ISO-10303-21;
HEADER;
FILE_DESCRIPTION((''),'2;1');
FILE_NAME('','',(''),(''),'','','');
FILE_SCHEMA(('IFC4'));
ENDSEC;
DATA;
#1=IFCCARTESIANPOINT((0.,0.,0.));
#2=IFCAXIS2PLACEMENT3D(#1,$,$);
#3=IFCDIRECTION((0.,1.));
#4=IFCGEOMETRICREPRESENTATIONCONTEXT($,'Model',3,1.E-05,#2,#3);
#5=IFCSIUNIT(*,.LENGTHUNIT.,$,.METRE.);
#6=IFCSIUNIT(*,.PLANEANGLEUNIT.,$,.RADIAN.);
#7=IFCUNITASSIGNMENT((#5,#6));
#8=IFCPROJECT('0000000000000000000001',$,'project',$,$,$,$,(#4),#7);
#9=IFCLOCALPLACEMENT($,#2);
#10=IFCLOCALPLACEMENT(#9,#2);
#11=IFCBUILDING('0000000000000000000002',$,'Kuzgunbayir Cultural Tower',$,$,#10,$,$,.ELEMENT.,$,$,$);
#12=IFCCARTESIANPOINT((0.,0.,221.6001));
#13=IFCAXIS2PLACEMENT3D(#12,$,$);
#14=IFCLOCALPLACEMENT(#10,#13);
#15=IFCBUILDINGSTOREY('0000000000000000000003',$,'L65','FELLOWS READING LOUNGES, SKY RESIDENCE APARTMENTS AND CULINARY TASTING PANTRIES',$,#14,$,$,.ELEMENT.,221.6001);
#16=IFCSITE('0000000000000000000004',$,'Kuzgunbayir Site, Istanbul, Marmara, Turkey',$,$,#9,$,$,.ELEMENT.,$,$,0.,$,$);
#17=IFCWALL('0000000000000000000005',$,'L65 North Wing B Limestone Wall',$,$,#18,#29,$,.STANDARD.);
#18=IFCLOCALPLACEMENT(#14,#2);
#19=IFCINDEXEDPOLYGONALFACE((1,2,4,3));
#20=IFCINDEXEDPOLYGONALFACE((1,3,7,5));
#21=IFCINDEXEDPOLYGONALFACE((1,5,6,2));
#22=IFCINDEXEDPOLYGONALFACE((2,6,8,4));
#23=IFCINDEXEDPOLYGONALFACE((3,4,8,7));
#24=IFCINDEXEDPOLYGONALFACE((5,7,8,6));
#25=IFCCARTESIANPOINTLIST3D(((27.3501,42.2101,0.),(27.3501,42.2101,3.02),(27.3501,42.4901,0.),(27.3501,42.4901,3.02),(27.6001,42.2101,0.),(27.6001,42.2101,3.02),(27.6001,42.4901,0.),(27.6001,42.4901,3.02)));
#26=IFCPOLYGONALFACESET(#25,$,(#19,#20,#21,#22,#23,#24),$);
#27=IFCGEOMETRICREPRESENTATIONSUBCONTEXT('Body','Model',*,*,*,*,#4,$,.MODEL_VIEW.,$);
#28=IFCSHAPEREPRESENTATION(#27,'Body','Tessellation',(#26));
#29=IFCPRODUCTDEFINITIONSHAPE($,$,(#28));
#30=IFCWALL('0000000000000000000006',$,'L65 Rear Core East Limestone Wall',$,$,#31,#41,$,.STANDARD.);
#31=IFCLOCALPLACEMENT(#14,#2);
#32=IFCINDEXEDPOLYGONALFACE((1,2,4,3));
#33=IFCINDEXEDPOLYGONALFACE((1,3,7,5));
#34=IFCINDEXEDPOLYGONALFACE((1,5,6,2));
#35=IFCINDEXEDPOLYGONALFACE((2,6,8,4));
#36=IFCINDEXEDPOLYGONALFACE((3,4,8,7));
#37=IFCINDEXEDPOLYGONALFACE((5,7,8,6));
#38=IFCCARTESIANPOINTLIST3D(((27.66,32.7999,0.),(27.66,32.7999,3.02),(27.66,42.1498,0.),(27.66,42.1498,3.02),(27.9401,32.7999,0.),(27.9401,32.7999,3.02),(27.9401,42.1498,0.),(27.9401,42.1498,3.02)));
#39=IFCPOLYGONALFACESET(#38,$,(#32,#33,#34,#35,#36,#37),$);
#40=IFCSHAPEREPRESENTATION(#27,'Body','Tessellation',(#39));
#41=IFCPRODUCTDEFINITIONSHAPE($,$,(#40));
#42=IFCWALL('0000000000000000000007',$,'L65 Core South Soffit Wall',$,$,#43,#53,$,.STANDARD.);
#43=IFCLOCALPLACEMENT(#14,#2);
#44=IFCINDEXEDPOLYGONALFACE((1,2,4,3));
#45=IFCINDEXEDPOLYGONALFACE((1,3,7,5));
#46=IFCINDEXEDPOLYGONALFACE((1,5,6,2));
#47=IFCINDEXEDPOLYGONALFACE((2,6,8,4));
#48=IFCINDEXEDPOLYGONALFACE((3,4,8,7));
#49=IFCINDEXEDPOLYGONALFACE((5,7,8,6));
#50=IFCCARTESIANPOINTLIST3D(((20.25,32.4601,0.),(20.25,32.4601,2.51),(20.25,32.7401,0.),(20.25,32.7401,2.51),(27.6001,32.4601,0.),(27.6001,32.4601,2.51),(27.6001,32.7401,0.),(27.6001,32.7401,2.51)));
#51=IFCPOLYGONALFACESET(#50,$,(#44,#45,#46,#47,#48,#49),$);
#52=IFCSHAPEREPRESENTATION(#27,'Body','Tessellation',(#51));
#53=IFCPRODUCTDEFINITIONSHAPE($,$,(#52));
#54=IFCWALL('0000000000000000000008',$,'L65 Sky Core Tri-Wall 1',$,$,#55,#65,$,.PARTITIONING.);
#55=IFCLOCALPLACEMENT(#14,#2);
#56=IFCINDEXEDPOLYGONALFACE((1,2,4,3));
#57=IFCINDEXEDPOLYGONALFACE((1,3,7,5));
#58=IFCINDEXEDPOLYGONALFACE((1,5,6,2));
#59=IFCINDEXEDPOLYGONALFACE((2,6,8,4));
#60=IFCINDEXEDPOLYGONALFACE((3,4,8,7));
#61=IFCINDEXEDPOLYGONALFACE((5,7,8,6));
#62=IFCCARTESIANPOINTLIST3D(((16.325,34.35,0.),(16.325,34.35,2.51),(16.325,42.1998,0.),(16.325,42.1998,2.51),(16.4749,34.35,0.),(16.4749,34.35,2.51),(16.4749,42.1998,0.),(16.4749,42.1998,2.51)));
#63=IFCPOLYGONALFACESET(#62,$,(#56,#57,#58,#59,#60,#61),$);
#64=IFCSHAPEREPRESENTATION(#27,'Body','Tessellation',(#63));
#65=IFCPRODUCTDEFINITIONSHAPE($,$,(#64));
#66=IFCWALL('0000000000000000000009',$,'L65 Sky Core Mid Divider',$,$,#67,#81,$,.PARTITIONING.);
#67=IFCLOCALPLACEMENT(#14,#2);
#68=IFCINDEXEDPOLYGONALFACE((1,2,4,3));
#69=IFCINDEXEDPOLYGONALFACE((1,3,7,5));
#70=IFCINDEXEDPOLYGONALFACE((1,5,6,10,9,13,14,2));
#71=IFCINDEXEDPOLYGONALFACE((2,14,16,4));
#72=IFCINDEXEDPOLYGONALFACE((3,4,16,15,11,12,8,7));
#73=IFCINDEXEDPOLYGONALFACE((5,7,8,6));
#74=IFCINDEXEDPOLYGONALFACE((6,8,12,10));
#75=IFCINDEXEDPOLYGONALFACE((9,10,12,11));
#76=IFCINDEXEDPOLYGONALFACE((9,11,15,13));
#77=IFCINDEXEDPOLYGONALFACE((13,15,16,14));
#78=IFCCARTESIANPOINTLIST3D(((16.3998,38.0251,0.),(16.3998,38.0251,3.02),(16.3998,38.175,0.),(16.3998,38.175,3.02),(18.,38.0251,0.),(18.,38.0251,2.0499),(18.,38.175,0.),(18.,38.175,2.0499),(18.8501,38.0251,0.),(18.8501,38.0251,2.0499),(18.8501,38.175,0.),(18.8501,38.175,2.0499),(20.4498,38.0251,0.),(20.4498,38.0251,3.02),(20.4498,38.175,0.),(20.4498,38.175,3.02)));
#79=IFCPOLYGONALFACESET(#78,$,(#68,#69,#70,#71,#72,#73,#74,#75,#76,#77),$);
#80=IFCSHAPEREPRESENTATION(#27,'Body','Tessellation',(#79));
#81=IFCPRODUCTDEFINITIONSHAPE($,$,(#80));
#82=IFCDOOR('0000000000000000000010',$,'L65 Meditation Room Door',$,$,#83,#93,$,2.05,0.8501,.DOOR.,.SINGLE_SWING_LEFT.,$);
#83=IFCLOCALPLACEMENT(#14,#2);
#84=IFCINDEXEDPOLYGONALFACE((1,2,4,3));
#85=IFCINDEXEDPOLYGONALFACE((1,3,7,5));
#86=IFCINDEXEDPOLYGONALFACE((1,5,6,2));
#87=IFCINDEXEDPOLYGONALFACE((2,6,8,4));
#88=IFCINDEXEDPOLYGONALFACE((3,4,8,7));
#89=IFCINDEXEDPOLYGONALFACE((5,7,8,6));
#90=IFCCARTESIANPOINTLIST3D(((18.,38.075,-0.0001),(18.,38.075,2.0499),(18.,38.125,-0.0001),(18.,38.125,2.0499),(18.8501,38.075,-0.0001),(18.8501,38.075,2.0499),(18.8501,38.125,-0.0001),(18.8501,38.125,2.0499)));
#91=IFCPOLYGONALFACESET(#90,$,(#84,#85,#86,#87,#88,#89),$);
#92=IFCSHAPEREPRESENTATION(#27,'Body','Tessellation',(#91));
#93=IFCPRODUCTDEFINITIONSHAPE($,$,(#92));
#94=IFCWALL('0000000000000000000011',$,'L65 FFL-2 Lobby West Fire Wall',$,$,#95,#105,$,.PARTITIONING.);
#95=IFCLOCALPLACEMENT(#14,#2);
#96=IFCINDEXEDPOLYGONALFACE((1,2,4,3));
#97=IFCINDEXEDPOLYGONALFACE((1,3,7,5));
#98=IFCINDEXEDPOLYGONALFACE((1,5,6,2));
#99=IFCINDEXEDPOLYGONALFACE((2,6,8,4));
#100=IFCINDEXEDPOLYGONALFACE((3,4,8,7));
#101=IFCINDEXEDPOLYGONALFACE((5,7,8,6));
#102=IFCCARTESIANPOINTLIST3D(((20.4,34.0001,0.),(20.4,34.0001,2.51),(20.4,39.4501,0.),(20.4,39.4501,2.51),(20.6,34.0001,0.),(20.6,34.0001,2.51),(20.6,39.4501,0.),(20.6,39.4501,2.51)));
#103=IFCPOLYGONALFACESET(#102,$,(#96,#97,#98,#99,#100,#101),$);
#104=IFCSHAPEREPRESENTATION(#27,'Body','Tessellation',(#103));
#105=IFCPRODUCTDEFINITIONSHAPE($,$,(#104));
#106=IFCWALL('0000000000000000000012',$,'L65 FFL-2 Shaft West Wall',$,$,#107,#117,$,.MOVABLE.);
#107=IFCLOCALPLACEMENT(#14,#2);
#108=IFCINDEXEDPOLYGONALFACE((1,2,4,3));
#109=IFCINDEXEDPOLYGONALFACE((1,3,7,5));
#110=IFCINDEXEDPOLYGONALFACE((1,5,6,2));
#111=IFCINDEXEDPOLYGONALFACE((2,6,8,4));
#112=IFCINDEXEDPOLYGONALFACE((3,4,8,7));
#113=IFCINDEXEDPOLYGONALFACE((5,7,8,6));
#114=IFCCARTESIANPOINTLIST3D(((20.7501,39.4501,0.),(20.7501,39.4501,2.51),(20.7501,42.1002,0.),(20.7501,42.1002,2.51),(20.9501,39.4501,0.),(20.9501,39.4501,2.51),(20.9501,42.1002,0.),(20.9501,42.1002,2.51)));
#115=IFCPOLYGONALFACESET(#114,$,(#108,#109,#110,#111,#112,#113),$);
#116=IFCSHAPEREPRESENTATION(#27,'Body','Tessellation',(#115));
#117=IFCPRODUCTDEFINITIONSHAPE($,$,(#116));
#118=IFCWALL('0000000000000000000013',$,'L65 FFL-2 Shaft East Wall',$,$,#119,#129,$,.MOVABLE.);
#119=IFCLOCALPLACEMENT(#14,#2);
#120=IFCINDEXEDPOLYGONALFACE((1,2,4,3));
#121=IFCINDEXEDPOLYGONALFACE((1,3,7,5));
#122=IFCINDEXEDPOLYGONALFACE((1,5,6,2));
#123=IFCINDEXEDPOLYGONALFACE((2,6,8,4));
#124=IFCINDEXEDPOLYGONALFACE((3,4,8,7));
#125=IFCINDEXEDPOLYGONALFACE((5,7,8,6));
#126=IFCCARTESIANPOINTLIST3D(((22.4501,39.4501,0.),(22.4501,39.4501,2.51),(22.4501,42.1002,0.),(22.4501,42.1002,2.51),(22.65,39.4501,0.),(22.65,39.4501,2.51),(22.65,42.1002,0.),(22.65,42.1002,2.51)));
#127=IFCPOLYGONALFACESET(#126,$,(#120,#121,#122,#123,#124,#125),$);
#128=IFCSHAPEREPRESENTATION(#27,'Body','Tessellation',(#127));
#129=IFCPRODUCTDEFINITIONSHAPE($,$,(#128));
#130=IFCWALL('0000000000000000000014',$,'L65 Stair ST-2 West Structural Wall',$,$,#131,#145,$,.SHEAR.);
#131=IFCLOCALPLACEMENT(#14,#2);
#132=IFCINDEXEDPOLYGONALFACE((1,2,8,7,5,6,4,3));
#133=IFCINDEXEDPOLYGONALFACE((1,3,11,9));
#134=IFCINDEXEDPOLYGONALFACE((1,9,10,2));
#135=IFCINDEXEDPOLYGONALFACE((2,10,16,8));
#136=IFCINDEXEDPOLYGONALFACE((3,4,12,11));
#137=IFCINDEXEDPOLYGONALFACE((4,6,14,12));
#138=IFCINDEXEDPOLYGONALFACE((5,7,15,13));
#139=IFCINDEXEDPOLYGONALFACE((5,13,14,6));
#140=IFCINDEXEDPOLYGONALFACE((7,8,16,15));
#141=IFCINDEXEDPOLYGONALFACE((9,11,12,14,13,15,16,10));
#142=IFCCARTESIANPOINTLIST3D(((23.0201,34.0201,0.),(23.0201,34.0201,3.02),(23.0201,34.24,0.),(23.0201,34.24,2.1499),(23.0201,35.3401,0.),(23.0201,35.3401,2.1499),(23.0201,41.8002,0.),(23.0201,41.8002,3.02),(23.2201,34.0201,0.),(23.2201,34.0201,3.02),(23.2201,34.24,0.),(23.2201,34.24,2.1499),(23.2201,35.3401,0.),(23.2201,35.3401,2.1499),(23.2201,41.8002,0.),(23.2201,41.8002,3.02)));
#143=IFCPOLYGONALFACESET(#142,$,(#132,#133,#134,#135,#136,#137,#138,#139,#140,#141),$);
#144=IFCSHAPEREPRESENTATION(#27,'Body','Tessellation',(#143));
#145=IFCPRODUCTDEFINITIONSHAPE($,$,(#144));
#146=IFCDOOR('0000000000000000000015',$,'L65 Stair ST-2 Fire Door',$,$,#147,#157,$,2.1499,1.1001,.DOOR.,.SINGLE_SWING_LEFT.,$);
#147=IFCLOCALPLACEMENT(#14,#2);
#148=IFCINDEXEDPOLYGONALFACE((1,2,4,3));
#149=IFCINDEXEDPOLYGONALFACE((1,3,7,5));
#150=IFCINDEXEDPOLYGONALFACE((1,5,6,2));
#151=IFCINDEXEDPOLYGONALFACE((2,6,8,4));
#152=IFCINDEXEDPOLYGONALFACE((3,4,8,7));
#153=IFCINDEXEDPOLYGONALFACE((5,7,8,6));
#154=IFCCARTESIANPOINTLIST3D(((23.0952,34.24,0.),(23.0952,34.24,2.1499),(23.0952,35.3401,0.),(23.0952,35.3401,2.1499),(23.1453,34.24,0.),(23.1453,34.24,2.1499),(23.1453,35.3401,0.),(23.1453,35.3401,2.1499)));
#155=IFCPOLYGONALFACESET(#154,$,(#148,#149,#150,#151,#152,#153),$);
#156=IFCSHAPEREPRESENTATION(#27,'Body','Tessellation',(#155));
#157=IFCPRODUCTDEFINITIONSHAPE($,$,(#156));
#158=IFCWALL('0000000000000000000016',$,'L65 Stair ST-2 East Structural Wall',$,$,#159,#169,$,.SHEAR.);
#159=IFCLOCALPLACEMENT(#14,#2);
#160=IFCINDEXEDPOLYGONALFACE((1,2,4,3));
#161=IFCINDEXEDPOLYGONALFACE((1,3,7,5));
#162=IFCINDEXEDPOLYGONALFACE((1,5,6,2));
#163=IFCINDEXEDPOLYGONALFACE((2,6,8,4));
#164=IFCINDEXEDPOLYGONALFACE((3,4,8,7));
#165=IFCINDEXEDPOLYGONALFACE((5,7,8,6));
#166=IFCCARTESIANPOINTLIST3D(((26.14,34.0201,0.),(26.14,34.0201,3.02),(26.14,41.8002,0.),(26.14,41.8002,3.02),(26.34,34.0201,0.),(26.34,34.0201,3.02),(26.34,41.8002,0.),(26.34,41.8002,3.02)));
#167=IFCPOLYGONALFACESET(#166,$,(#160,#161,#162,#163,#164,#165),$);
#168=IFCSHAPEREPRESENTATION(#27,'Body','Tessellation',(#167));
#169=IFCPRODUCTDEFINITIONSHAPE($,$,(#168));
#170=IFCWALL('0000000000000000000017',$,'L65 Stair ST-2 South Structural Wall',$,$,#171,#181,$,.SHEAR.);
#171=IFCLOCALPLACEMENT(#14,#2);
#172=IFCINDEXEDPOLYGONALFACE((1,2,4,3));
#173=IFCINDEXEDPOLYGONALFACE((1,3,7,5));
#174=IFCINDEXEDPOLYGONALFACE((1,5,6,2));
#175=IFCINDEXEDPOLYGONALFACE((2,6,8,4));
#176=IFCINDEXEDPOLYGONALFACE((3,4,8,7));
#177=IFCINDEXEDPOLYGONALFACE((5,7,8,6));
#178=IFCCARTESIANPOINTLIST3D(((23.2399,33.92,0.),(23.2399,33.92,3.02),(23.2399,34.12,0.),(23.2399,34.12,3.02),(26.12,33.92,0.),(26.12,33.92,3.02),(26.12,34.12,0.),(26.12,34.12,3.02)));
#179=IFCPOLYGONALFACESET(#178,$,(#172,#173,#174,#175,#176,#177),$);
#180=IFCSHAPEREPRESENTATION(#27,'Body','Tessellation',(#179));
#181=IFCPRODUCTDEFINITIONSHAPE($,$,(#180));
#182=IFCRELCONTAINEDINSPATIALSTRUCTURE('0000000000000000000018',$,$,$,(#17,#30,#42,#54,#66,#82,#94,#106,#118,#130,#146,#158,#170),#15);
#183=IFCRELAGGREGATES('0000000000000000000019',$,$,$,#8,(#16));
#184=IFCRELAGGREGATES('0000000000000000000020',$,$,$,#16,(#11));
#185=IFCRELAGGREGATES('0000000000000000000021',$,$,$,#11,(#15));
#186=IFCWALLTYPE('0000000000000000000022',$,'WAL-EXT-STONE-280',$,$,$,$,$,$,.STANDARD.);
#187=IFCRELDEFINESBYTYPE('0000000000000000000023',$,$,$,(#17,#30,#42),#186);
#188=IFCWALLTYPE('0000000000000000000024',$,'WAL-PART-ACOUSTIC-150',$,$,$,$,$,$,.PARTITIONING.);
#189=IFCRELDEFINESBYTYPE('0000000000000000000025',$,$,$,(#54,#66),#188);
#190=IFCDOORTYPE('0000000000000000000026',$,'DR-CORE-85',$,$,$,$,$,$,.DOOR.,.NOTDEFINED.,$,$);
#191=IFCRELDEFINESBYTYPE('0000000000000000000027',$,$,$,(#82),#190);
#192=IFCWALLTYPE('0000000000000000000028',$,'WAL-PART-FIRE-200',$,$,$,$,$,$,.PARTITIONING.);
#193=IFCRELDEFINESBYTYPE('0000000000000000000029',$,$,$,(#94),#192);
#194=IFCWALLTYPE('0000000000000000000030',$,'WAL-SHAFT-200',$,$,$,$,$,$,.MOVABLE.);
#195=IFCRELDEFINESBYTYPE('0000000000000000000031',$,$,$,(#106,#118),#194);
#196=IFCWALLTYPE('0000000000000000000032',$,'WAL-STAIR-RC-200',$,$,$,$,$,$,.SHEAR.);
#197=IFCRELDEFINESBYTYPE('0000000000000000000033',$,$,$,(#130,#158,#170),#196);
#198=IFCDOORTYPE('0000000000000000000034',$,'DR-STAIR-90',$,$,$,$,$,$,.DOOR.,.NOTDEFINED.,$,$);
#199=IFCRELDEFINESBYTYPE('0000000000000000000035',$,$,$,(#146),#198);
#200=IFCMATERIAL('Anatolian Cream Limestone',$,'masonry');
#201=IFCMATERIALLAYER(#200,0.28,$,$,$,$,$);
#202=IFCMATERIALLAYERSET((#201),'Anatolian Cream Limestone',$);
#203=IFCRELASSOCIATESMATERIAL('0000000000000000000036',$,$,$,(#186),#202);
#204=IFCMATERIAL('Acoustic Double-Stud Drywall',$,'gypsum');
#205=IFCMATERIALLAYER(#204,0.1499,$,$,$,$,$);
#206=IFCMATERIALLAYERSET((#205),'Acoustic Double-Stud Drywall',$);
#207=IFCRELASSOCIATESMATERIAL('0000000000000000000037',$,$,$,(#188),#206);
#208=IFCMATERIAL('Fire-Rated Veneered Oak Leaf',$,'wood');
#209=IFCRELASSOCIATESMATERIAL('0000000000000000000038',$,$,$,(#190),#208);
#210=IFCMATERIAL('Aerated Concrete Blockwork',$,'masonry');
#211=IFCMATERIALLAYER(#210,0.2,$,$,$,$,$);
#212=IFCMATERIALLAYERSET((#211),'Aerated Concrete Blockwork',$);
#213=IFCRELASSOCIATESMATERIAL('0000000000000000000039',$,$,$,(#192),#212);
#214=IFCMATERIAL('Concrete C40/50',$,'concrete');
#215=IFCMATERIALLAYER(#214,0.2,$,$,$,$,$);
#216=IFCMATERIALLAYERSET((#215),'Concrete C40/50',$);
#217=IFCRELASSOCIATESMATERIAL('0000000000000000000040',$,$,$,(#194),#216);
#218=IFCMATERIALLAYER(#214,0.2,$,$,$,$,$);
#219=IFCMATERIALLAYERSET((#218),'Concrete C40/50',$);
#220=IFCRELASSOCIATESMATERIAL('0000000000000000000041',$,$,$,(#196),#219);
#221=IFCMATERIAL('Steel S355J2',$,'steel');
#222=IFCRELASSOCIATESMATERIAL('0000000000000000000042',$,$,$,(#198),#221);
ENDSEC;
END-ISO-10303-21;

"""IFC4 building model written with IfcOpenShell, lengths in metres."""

from ifc_helpers import new_model, si_unit, direction, frame, frame_2d, origin, place, context, subcontext, project, spatial, rectangle, extrude, material, layer, layer_set, type_object, element, fill, save


model = new_model("IFC4")

# Units and contexts
model_context = context("Model", 3, precision=1e-05, world=origin(), true_north=direction((0.0, 1.0)))
body_context = subcontext(model_context, "Body", "Model", "MODEL_VIEW")
ifc_project = project(units=[si_unit("LENGTHUNIT", "METRE"), si_unit("PLANEANGLEUNIT", "RADIAN")], contexts=[model_context])

# Site, building, storey
site_placement = place(None, origin())
site = spatial("IfcSite", under=ifc_project, at=site_placement, Name="Kuzgunbayir Site, Istanbul, Marmara, Turkey", CompositionType="ELEMENT", RefElevation=0.0)
building_placement = place(site_placement, origin())
building = spatial("IfcBuilding", under=site, at=building_placement, Name="Kuzgunbayir Cultural Tower", CompositionType="ELEMENT")
storey_placement = place(building_placement, frame((0.0, 0.0, 221.6001)))
storey = spatial("IfcBuildingStorey", under=building, at=storey_placement, Name="L65", Description="FELLOWS READING LOUNGES, SKY RESIDENCE APARTMENTS AND CULINARY TASTING PANTRIES", CompositionType="ELEMENT", Elevation=221.6001)

# Shared definitions
ifc_material_1 = material(Name="Steel S355J2", Category="steel")

# Walls
ifc_material_2 = material(Name="Anatolian Cream Limestone", Category="masonry")
ifc_layer_1 = layer(ifc_material_2, 0.28)
ifc_layer_set_1 = layer_set([ifc_layer_1], Name="Anatolian Cream Limestone")
wall_type_1 = type_object("IfcWallType", Name="WAL-EXT-STONE-280", PredefinedType="STANDARD", material=ifc_layer_set_1)
wall_1_placement = place(storey_placement, frame((27.6001, 42.3501, 0.0), z_axis=(0.0, 0.0, 1.0), x_axis=(-1.0, 0.0, 0.0)))
element("IfcWall", 1, at=wall_1_placement, inside=storey, type_object=wall_type_1, Name="L65 North Wing B Limestone Wall", PredefinedType="STANDARD", context=body_context, shape_type="SweptSolid", body=[
    extrude(rectangle(XDim=0.25, YDim=0.28, at=frame_2d((0.125, 0.0))), origin(), (0.0, 0.0, 1.0), 3.02),
])
wall_2_placement = place(storey_placement, frame((27.8, 32.8, 0.0), z_axis=(0.0, 0.0, 1.0), x_axis=(0.0, 1.0, 0.0)))
element("IfcWall", 2, at=wall_2_placement, inside=storey, type_object=wall_type_1, Name="L65 Rear Core East Limestone Wall", PredefinedType="STANDARD", context=body_context, shape_type="SweptSolid", body=[
    extrude(rectangle(XDim=9.3499, YDim=0.28, at=frame_2d((4.6748, 0.0))), origin(), (0.0, 0.0, 1.0), 3.02),
])
wall_3_placement = place(storey_placement, frame((20.25, 32.6001, 0.0), z_axis=(0.0, 0.0, 1.0), x_axis=(1.0, 0.0, 0.0)))
element("IfcWall", 3, at=wall_3_placement, inside=storey, type_object=wall_type_1, Name="L65 Core South Soffit Wall", PredefinedType="STANDARD", context=body_context, shape_type="SweptSolid", body=[
    extrude(rectangle(XDim=7.3501, YDim=0.28, at=frame_2d((3.675, 0.0))), origin(), (0.0, 0.0, 1.0), 2.51),
])
ifc_material_3 = material(Name="Acoustic Double-Stud Drywall", Category="gypsum")
ifc_layer_2 = layer(ifc_material_3, 0.1499)
ifc_layer_set_2 = layer_set([ifc_layer_2], Name="Acoustic Double-Stud Drywall")
wall_type_2 = type_object("IfcWallType", Name="WAL-PART-ACOUSTIC-150", PredefinedType="PARTITIONING", material=ifc_layer_set_2)
wall_4_placement = place(storey_placement, frame((16.3999, 34.3501, 0.0), z_axis=(0.0, 0.0, 1.0), x_axis=(0.0, 1.0, 0.0)))
element("IfcWall", 4, at=wall_4_placement, inside=storey, type_object=wall_type_2, Name="L65 Sky Core Tri-Wall 1", PredefinedType="PARTITIONING", context=body_context, shape_type="SweptSolid", body=[
    extrude(rectangle(XDim=7.8499, YDim=0.1499, at=frame_2d((3.9248, 0.0))), origin(), (0.0, 0.0, 1.0), 2.51),
])

# Wall, opening, door
wall_5_placement = place(storey_placement, frame((16.3999, 38.1001, 0.0), z_axis=(0.0, 0.0, 1.0), x_axis=(1.0, 0.0, 0.0)))
wall_5 = element("IfcWall", 5, at=wall_5_placement, inside=storey, type_object=wall_type_2, Name="L65 Sky Core Mid Divider", PredefinedType="PARTITIONING", context=body_context, shape_type="SweptSolid", body=[
    extrude(rectangle(XDim=4.05, YDim=0.1499, at=frame_2d((2.0249, 0.0))), origin(), (0.0, 0.0, 1.0), 3.02),
])
opening_1_placement = place(wall_5_placement, frame((1.6001, 0.0, 0.0)))
opening_1 = element("IfcOpeningElement", 6, at=opening_1_placement, cuts=wall_5, PredefinedType="OPENING", context=body_context, shape_type="SweptSolid", body=[
    extrude(rectangle(XDim=0.8501, YDim=2.05, at=frame_2d((0.425, 1.0249))), frame((0.0, 0.085, 0.0), z_axis=(0.0, -1.0, 0.0), x_axis=(1.0, 0.0, 0.0)), (0.0, 0.0, 1.0), 0.1699),
])
ifc_material_4 = material(Name="Fire-Rated Veneered Oak Leaf", Category="wood")
door_type_1 = type_object("IfcDoorType", Name="DR-CORE-85", OperationType="NOTDEFINED", PredefinedType="DOOR", material=ifc_material_4)
door_1_placement = place(opening_1_placement, origin())
door_1 = element("IfcDoor", 7, at=door_1_placement, inside=storey, type_object=door_type_1, Name="L65 Meditation Room Door", OperationType="SINGLE_SWING_LEFT", OverallHeight=2.05, OverallWidth=0.8501, PredefinedType="DOOR", context=body_context, shape_type="SweptSolid", body=[
    extrude(rectangle(XDim=0.8501, YDim=2.05, at=frame_2d((0.425, 1.0249))), frame((0.0, 0.0249, 0.0), z_axis=(0.0, -1.0, 0.0), x_axis=(1.0, 0.0, 0.0)), (0.0, 0.0, 1.0), 0.05),
])
fill(opening_1, door_1)

# Wall
ifc_material_5 = material(Name="Aerated Concrete Blockwork", Category="masonry")
ifc_layer_3 = layer(ifc_material_5, 0.2)
ifc_layer_set_3 = layer_set([ifc_layer_3], Name="Aerated Concrete Blockwork")
wall_type_3 = type_object("IfcWallType", Name="WAL-PART-FIRE-200", PredefinedType="PARTITIONING", material=ifc_layer_set_3)
wall_6_placement = place(storey_placement, frame((20.5, 34.0, 0.0), z_axis=(0.0, 0.0, 1.0), x_axis=(0.0, 1.0, 0.0)))
element("IfcWall", 8, at=wall_6_placement, inside=storey, type_object=wall_type_3, Name="L65 FFL-2 Lobby West Fire Wall", PredefinedType="PARTITIONING", context=body_context, shape_type="SweptSolid", body=[
    extrude(rectangle(XDim=5.45, YDim=0.2, at=frame_2d((2.7251, 0.0))), origin(), (0.0, 0.0, 1.0), 2.51),
])

# Shared definitions
ifc_material_6 = material(Name="Concrete C40/50", Category="concrete")
ifc_layer_4 = layer(ifc_material_6, 0.2)
ifc_layer_set_4 = layer_set([ifc_layer_4], Name="Concrete C40/50")
wall_type_4 = type_object("IfcWallType", Name="WAL-SHAFT-200", PredefinedType="MOVABLE", material=ifc_layer_set_4)

# Walls
for number, where, z_axis, x_axis, name in (
    (9, (20.8501, 39.45, 0.0), (0.0, 0.0, 1.0), (0.0, 1.0, 0.0), "L65 FFL-2 Shaft West Wall"),
    (10, (22.55, 39.45, 0.0), (0.0, 0.0, 1.0), (0.0, 1.0, 0.0), "L65 FFL-2 Shaft East Wall"),
):
    element("IfcWall", number, at=place(storey_placement, frame(where, z_axis=z_axis, x_axis=x_axis)), inside=storey, type_object=wall_type_4, Name=name, PredefinedType="MOVABLE", context=body_context, shape_type="SweptSolid", body=[
        extrude(rectangle(XDim=2.6501, YDim=0.2, at=frame_2d((1.3252, 0.0))), origin(), (0.0, 0.0, 1.0), 2.51),
    ])

# Wall, opening, door
ifc_layer_5 = layer(ifc_material_6, 0.2)
ifc_layer_set_5 = layer_set([ifc_layer_5], Name="Concrete C40/50")
wall_type_5 = type_object("IfcWallType", Name="WAL-STAIR-RC-200", PredefinedType="SHEAR", material=ifc_layer_set_5)
wall_7_placement = place(storey_placement, frame((23.1201, 34.02, 0.0), z_axis=(0.0, 0.0, 1.0), x_axis=(0.0, 1.0, 0.0)))
wall_7 = element("IfcWall", 11, at=wall_7_placement, inside=storey, type_object=wall_type_5, Name="L65 Stair ST-2 West Structural Wall", PredefinedType="SHEAR", context=body_context, shape_type="SweptSolid", body=[
    extrude(rectangle(XDim=7.78, YDim=0.2, at=frame_2d((3.8901, 0.0))), origin(), (0.0, 0.0, 1.0), 3.02),
])
opening_2_placement = place(wall_7_placement, frame((0.22, 0.0, 0.0)))
opening_2 = element("IfcOpeningElement", 12, at=opening_2_placement, cuts=wall_7, PredefinedType="OPENING", context=body_context, shape_type="SweptSolid", body=[
    extrude(rectangle(XDim=1.1001, YDim=2.1499, at=frame_2d((0.55, 1.075))), frame((0.0, 0.1099, 0.0), z_axis=(0.0, -1.0, 0.0), x_axis=(1.0, 0.0, 0.0)), (0.0, 0.0, 1.0), 0.22),
])
door_type_2 = type_object("IfcDoorType", Name="DR-STAIR-90", OperationType="NOTDEFINED", PredefinedType="DOOR", material=ifc_material_1)
door_2_placement = place(opening_2_placement, origin())
door_2 = element("IfcDoor", 13, at=door_2_placement, inside=storey, type_object=door_type_2, Name="L65 Stair ST-2 Fire Door", OperationType="SINGLE_SWING_LEFT", OverallHeight=2.1499, OverallWidth=1.1001, PredefinedType="DOOR", context=body_context, shape_type="SweptSolid", body=[
    extrude(rectangle(XDim=1.1001, YDim=2.1499, at=frame_2d((0.55, 1.075))), frame((0.0, 0.0249, 0.0), z_axis=(0.0, -1.0, 0.0), x_axis=(1.0, 0.0, 0.0)), (0.0, 0.0, 1.0), 0.05),
])
fill(opening_2, door_2)

# Walls
wall_8_placement = place(storey_placement, frame((26.24, 34.02, 0.0), z_axis=(0.0, 0.0, 1.0), x_axis=(0.0, 1.0, 0.0)))
element("IfcWall", 14, at=wall_8_placement, inside=storey, type_object=wall_type_5, Name="L65 Stair ST-2 East Structural Wall", PredefinedType="SHEAR", context=body_context, shape_type="SweptSolid", body=[
    extrude(rectangle(XDim=7.78, YDim=0.2, at=frame_2d((3.8901, 0.0))), origin(), (0.0, 0.0, 1.0), 3.02),
])
wall_9_placement = place(storey_placement, frame((23.24, 34.02, 0.0), z_axis=(0.0, 0.0, 1.0), x_axis=(1.0, 0.0, 0.0)))
element("IfcWall", 15, at=wall_9_placement, inside=storey, type_object=wall_type_5, Name="L65 Stair ST-2 South Structural Wall", PredefinedType="SHEAR", context=body_context, shape_type="SweptSolid", body=[
    extrude(rectangle(XDim=2.8801, YDim=0.2, at=frame_2d((1.4399, 0.0))), origin(), (0.0, 0.0, 1.0), 3.02),
])

save(model, "model.ifc")
